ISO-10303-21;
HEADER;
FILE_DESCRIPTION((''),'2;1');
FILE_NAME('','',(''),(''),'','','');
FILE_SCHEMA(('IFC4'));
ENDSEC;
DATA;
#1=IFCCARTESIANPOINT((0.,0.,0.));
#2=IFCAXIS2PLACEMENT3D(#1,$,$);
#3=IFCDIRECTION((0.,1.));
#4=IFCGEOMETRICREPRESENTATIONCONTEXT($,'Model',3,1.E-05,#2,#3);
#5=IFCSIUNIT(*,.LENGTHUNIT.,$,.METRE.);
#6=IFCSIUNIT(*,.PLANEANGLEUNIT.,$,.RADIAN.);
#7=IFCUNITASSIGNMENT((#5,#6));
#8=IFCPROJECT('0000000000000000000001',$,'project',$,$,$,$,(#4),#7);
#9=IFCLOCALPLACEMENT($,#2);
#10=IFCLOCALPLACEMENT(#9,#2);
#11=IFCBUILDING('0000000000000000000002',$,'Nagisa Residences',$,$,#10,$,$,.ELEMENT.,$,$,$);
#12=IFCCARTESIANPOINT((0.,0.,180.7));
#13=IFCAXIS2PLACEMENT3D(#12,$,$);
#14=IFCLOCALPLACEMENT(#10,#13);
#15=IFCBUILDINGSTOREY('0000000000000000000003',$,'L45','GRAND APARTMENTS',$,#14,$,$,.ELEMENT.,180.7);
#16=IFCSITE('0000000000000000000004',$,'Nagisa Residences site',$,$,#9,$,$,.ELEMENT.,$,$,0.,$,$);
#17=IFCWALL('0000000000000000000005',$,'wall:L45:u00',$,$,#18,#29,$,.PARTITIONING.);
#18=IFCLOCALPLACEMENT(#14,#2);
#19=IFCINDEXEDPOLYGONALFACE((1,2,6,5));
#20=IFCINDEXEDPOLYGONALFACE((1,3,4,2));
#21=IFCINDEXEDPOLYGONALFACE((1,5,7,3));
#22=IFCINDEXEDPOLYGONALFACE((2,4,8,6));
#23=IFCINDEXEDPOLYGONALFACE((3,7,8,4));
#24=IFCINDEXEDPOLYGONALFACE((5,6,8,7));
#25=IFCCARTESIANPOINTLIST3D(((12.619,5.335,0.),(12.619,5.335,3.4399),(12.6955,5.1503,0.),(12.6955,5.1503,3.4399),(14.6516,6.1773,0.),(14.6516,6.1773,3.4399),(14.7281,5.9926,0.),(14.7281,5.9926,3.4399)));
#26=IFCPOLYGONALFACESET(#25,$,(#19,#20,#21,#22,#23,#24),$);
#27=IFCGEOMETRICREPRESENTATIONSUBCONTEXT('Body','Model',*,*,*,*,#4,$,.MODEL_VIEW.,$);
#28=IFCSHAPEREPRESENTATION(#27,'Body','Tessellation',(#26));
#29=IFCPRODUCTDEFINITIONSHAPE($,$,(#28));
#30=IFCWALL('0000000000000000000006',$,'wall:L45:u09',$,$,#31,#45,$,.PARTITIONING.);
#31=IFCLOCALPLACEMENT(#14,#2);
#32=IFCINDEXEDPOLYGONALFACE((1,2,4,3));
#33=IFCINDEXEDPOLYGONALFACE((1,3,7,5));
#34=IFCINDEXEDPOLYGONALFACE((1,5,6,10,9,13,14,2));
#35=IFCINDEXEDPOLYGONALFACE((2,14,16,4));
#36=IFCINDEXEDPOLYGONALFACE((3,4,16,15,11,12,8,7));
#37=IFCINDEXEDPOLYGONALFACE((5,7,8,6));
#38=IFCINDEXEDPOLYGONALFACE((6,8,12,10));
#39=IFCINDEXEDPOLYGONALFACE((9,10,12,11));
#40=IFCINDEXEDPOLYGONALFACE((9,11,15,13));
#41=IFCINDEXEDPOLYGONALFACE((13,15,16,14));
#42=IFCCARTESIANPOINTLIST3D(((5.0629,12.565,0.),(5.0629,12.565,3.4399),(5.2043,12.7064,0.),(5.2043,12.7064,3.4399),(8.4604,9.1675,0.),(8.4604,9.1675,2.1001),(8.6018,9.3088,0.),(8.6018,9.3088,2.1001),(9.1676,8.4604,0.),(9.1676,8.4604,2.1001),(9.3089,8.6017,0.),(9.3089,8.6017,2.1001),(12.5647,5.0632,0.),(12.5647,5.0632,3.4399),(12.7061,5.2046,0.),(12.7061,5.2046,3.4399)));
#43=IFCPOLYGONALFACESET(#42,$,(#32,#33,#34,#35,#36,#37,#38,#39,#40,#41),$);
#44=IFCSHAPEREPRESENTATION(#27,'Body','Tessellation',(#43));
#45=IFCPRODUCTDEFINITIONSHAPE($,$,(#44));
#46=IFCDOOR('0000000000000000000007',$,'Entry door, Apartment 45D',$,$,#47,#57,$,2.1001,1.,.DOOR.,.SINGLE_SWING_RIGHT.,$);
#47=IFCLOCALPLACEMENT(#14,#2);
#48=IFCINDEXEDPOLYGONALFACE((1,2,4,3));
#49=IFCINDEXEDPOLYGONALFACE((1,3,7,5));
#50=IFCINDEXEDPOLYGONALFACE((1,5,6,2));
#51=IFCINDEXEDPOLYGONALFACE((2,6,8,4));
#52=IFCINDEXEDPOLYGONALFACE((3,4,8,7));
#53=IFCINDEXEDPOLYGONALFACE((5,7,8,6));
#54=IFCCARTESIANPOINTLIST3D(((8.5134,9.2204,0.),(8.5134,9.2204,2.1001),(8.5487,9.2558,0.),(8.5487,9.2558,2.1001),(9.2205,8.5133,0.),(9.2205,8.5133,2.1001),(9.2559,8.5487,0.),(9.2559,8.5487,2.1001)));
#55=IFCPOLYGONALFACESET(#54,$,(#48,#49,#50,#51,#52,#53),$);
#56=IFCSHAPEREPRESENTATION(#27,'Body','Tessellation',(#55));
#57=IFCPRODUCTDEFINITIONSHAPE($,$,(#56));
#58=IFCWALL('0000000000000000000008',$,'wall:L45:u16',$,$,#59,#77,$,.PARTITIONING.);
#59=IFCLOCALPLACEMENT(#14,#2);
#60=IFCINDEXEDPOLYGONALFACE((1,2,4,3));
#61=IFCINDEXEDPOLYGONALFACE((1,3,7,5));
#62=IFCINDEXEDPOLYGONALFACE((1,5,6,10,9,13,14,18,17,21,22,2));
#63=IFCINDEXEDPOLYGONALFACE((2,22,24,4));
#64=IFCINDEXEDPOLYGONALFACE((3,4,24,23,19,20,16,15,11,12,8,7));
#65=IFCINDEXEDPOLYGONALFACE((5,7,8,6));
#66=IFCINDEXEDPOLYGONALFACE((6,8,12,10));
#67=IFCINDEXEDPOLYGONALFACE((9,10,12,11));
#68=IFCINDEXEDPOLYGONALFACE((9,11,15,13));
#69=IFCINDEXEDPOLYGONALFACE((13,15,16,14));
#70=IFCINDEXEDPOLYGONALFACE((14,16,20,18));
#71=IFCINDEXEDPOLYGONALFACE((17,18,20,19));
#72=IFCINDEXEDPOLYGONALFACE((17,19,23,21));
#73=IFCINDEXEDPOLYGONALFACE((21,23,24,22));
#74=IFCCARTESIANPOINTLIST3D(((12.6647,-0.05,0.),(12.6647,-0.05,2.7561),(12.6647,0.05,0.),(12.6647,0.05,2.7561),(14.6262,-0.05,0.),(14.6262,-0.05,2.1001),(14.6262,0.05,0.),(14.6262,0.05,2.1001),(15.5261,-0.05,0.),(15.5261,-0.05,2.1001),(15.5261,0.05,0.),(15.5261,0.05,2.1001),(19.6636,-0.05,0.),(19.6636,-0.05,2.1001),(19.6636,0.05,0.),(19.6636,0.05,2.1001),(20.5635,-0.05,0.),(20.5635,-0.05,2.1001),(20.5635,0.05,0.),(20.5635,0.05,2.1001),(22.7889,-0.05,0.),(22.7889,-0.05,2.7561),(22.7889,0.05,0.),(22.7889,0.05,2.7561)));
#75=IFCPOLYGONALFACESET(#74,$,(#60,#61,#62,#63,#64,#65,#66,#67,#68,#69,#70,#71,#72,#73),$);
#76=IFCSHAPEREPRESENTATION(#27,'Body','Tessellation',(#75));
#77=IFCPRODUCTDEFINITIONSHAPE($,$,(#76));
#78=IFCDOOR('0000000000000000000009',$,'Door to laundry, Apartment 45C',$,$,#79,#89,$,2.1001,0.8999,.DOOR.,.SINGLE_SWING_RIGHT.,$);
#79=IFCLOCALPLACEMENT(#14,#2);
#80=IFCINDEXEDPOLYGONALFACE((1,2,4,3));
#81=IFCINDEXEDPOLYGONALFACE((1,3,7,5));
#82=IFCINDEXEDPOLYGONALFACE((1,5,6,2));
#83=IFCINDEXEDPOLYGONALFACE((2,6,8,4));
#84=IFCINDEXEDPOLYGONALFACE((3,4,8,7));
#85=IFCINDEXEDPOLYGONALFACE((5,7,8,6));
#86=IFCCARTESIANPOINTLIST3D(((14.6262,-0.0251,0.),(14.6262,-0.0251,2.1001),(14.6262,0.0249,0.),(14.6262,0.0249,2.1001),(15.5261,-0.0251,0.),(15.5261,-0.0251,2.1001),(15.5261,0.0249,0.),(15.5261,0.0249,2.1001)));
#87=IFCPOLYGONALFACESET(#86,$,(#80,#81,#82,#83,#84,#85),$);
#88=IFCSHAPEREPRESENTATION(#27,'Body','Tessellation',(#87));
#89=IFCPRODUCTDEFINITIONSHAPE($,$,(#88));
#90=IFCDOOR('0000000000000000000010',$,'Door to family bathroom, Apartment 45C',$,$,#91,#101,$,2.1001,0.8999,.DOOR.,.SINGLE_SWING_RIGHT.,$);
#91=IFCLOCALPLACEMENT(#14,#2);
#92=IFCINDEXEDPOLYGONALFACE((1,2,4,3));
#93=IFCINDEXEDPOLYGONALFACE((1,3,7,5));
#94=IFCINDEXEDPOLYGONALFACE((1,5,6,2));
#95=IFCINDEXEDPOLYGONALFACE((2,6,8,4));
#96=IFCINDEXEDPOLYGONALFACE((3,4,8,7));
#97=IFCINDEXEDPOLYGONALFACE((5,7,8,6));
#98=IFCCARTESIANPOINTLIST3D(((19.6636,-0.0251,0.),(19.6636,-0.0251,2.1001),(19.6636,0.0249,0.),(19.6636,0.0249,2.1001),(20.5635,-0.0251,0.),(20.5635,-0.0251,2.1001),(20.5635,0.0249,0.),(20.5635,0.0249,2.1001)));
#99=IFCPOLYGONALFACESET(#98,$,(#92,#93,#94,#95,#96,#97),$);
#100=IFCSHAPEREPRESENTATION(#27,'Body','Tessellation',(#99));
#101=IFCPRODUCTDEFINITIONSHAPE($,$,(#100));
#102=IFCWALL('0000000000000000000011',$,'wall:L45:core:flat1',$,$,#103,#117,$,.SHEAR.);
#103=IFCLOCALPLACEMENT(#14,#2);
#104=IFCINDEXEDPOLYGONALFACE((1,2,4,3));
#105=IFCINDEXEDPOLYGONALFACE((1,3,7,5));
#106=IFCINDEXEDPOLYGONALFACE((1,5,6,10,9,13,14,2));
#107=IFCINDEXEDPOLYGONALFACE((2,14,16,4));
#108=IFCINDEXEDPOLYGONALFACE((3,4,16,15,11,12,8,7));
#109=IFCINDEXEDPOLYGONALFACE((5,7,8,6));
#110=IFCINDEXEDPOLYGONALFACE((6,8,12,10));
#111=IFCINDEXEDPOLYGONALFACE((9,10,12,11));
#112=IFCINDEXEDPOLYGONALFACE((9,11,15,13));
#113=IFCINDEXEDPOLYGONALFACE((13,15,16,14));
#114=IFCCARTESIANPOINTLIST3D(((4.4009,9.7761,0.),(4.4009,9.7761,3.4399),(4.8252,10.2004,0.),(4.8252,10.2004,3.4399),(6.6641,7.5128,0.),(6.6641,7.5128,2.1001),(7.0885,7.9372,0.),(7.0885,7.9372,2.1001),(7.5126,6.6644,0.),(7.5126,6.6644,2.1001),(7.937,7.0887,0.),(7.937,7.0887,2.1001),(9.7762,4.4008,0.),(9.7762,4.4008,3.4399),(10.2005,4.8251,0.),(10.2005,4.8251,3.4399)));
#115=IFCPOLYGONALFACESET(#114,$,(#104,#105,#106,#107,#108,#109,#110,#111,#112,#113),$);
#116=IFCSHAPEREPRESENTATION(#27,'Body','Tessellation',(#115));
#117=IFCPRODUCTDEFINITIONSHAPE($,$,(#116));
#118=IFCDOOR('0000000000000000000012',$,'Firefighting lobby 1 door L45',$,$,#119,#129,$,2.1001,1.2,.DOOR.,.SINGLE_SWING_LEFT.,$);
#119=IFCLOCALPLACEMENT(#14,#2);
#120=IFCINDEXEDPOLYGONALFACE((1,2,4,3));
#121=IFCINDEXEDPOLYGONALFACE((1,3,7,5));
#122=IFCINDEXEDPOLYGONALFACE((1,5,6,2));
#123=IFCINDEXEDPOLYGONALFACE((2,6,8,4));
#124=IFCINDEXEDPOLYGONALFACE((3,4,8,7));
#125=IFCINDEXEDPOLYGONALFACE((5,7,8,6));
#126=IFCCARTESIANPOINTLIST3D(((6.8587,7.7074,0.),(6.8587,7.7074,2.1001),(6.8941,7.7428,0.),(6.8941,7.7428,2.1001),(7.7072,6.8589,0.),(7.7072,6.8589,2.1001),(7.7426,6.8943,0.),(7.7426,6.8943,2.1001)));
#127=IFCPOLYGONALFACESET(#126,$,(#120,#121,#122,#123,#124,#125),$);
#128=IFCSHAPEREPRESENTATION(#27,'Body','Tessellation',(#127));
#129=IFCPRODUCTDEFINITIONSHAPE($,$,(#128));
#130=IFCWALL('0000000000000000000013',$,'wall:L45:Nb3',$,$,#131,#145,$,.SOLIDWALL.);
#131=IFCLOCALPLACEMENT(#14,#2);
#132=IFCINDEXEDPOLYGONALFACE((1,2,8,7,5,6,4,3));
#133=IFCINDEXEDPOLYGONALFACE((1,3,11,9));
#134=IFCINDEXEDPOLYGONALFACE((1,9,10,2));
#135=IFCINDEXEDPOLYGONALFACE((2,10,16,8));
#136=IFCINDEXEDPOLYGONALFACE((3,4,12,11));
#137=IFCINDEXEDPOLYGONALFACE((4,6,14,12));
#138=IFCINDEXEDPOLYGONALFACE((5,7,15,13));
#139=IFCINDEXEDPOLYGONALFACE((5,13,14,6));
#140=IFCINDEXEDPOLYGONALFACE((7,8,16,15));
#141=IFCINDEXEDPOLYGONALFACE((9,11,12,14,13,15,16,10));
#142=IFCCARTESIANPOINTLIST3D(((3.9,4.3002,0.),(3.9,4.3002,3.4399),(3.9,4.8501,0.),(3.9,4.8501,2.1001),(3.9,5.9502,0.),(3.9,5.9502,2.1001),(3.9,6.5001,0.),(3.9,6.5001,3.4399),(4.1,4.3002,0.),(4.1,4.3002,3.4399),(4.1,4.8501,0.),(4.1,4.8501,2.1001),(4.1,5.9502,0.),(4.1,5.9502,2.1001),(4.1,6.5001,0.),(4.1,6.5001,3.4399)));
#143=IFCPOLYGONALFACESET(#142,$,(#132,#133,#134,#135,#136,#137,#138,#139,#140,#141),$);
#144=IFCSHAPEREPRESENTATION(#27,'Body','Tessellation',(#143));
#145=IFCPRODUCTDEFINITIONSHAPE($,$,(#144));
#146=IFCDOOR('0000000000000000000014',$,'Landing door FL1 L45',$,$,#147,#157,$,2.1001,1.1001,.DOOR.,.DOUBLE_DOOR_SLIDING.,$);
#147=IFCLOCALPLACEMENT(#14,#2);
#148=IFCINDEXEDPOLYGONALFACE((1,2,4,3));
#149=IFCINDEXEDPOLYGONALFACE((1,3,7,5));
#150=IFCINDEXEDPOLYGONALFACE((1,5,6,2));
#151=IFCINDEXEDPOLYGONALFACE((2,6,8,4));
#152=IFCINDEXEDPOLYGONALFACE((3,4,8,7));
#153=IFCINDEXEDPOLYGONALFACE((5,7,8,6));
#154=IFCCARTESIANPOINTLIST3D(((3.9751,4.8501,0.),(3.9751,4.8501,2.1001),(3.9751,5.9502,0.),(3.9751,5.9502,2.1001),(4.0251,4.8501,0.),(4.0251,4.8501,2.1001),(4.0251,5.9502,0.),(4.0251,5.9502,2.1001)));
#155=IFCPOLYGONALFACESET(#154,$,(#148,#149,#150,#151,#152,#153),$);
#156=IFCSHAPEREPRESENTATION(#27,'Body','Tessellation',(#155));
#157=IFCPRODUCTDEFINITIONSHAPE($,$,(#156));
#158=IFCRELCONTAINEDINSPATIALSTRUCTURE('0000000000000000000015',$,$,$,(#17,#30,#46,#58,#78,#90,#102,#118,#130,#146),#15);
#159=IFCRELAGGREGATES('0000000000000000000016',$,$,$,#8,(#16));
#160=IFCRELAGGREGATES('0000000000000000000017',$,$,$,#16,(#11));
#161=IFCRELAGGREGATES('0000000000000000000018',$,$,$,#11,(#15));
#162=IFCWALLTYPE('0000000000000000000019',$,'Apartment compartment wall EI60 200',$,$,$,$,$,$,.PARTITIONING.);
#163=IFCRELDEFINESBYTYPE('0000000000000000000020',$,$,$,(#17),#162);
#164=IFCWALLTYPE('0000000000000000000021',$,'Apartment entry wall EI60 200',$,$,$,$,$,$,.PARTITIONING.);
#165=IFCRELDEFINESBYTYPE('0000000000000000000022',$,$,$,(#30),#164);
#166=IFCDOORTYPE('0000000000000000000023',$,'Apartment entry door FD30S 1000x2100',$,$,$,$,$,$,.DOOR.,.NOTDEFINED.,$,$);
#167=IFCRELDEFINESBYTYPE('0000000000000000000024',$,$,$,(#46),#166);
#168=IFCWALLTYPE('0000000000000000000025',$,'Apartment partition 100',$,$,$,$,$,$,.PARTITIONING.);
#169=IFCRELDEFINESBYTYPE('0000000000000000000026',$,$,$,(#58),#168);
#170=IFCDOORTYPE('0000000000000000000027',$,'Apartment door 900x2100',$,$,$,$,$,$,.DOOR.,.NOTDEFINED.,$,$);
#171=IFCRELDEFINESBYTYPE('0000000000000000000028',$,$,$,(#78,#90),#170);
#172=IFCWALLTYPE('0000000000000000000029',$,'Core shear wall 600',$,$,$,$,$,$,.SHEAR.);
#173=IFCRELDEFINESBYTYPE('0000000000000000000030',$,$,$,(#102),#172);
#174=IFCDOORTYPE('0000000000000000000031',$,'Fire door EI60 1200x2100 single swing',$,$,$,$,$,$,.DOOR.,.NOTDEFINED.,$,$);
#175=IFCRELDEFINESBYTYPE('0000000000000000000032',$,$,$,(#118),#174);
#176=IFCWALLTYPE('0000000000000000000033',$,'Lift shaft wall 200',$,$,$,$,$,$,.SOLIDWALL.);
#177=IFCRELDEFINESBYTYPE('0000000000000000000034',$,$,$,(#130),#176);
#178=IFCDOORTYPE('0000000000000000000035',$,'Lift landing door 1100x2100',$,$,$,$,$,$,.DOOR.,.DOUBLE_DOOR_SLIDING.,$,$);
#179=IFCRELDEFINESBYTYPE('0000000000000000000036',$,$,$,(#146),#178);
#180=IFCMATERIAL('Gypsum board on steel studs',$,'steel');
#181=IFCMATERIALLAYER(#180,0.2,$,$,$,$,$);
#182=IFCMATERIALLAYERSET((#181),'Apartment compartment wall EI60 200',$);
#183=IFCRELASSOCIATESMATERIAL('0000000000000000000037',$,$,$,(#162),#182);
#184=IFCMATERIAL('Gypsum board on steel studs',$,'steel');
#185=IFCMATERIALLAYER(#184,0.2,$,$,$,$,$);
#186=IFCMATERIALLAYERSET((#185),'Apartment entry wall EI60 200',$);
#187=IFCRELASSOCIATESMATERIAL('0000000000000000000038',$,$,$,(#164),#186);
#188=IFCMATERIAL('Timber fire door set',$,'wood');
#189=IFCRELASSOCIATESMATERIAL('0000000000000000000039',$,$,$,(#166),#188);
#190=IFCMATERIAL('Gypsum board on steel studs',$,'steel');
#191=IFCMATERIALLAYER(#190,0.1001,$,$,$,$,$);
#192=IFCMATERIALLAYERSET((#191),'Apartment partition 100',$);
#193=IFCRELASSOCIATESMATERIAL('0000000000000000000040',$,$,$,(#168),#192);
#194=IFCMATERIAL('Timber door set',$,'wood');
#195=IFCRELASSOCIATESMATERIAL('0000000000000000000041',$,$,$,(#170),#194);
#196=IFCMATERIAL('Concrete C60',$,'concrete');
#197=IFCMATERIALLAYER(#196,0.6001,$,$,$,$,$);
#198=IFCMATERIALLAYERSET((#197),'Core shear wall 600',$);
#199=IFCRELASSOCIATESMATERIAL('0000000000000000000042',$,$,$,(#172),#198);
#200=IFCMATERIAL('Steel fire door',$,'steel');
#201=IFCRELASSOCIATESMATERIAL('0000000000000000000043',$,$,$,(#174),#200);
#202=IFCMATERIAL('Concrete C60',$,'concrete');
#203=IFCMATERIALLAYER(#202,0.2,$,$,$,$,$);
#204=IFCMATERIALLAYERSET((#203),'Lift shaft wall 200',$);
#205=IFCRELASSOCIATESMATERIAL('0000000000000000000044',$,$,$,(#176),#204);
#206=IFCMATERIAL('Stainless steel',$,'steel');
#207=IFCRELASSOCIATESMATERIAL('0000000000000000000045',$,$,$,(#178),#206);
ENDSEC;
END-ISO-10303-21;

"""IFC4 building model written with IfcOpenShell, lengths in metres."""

from ifc_helpers import new_model, si_unit, direction, frame, frame_2d, origin, place, context, subcontext, project, spatial, rectangle, extrude, material, layer, layer_set, type_object, element, fill, save


model = new_model("IFC4")

# Units and contexts
model_context = context("Model", 3, precision=1e-05, world=origin(), true_north=direction((0.0, 1.0)))
body_context = subcontext(model_context, "Body", "Model", "MODEL_VIEW")
ifc_project = project(units=[si_unit("LENGTHUNIT", "METRE"), si_unit("PLANEANGLEUNIT", "RADIAN")], contexts=[model_context])

# Site, building, storey
site_placement = place(None, origin())
site = spatial("IfcSite", under=ifc_project, at=site_placement, Name="Nagisa Residences site", CompositionType="ELEMENT", RefElevation=0.0)
building_placement = place(site_placement, origin())
building = spatial("IfcBuilding", under=site, at=building_placement, Name="Nagisa Residences", CompositionType="ELEMENT")
storey_placement = place(building_placement, frame((0.0, 0.0, 180.7)))
storey = spatial("IfcBuildingStorey", under=building, at=storey_placement, Name="L45", Description="GRAND APARTMENTS", CompositionType="ELEMENT", Elevation=180.7)

# Wall
ifc_material_1 = material(Name="Gypsum board on steel studs", Category="steel")
ifc_layer_1 = layer(ifc_material_1, 0.2)
ifc_layer_set_1 = layer_set([ifc_layer_1], Name="Apartment compartment wall EI60 200")
wall_type_1 = type_object("IfcWallType", Name="Apartment compartment wall EI60 200", PredefinedType="PARTITIONING", material=ifc_layer_set_1)
wall_1_placement = place(storey_placement, frame((12.6572, 5.2427, 0.0), z_axis=(0.0, 0.0, 1.0), x_axis=(0.92383, 0.382803, 0.0)))
element("IfcWall", 1, at=wall_1_placement, inside=storey, type_object=wall_type_1, Name="wall:L45:u00", PredefinedType="PARTITIONING", context=body_context, shape_type="SweptSolid", body=[
    extrude(rectangle(XDim=2.2002, YDim=0.2, at=frame_2d((1.1001, 0.0))), origin(), (0.0, 0.0, 1.0), 3.4399),
])

# Wall, opening, door
ifc_material_2 = material(Name="Gypsum board on steel studs", Category="steel")
ifc_layer_2 = layer(ifc_material_2, 0.2)
ifc_layer_set_2 = layer_set([ifc_layer_2], Name="Apartment entry wall EI60 200")
wall_type_2 = type_object("IfcWallType", Name="Apartment entry wall EI60 200", PredefinedType="PARTITIONING", material=ifc_layer_set_2)
wall_2_placement = place(storey_placement, frame((12.6355, 5.1338, 0.0), z_axis=(0.0, 0.0, 1.0), x_axis=(-0.707107, 0.707107, 0.0)))
wall_2 = element("IfcWall", 2, at=wall_2_placement, inside=storey, type_object=wall_type_2, Name="wall:L45:u09", PredefinedType="PARTITIONING", context=body_context, shape_type="SweptSolid", body=[
    extrude(rectangle(XDim=10.6091, YDim=0.2, at=frame_2d((5.3047, 0.0))), origin(), (0.0, 0.0, 1.0), 3.4399),
])
opening_1_placement = place(wall_2_placement, frame((4.8044, 0.0, 0.0)))
opening_1 = element("IfcOpeningElement", 3, at=opening_1_placement, cuts=wall_2, PredefinedType="OPENING", context=body_context, shape_type="SweptSolid", body=[
    extrude(rectangle(XDim=1.0, YDim=2.1001, at=frame_2d((0.5, 1.05))), frame((0.0, 0.1099, 0.0), z_axis=(0.0, -1.0, 0.0), x_axis=(1.0, 0.0, 0.0)), (0.0, 0.0, 1.0), 0.22),
])
ifc_material_3 = material(Name="Timber fire door set", Category="wood")
door_type_1 = type_object("IfcDoorType", Name="Apartment entry door FD30S 1000x2100", OperationType="NOTDEFINED", PredefinedType="DOOR", material=ifc_material_3)
door_1_placement = place(opening_1_placement, frame((1.0, 0.0, 0.0), x_axis=(-1.0, 0.0, 0.0)))
door_1 = element("IfcDoor", 4, at=door_1_placement, inside=storey, type_object=door_type_1, Name="Entry door, Apartment 45D", OperationType="SINGLE_SWING_RIGHT", OverallHeight=2.1001, OverallWidth=1.0, PredefinedType="DOOR", context=body_context, shape_type="SweptSolid", body=[
    extrude(rectangle(XDim=1.0, YDim=2.1001, at=frame_2d((0.5, 1.05))), frame((0.0, 0.0249, 0.0), z_axis=(0.0, -1.0, 0.0), x_axis=(1.0, 0.0, 0.0)), (0.0, 0.0, 1.0), 0.05),
])
fill(opening_1, door_1)

# Wall, openings, doors
ifc_material_4 = material(Name="Gypsum board on steel studs", Category="steel")
ifc_layer_3 = layer(ifc_material_4, 0.1001)
ifc_layer_set_3 = layer_set([ifc_layer_3], Name="Apartment partition 100")
wall_type_3 = type_object("IfcWallType", Name="Apartment partition 100", PredefinedType="PARTITIONING", material=ifc_layer_set_3)
wall_3_placement = place(storey_placement, frame((12.6648, 0.0, 0.0), z_axis=(0.0, 0.0, 1.0), x_axis=(1.0, 0.0, 0.0)))
wall_3 = element("IfcWall", 5, at=wall_3_placement, inside=storey, type_object=wall_type_3, Name="wall:L45:u16", PredefinedType="PARTITIONING", context=body_context, shape_type="SweptSolid", body=[
    extrude(rectangle(XDim=10.1243, YDim=0.1001, at=frame_2d((5.062, 0.0))), origin(), (0.0, 0.0, 1.0), 2.7561),
])
opening_2_placement = place(wall_3_placement, frame((1.9614, 0.0, 0.0)))
opening_2 = element("IfcOpeningElement", 6, at=opening_2_placement, cuts=wall_3, PredefinedType="OPENING", context=body_context, shape_type="SweptSolid", body=[
    extrude(rectangle(XDim=0.8999, YDim=2.1001, at=frame_2d((0.45, 1.05))), frame((0.0, 0.0601, 0.0), z_axis=(0.0, -1.0, 0.0), x_axis=(1.0, 0.0, 0.0)), (0.0, 0.0, 1.0), 0.1201),
])
opening_3_placement = place(wall_3_placement, frame((6.9988, 0.0, 0.0)))
opening_3 = element("IfcOpeningElement", 7, at=opening_3_placement, cuts=wall_3, PredefinedType="OPENING", context=body_context, shape_type="SweptSolid", body=[
    extrude(rectangle(XDim=0.8999, YDim=2.1001, at=frame_2d((0.45, 1.05))), frame((0.0, 0.0601, 0.0), z_axis=(0.0, -1.0, 0.0), x_axis=(1.0, 0.0, 0.0)), (0.0, 0.0, 1.0), 0.1201),
])
ifc_material_5 = material(Name="Timber door set", Category="wood")
door_type_2 = type_object("IfcDoorType", Name="Apartment door 900x2100", OperationType="NOTDEFINED", PredefinedType="DOOR", material=ifc_material_5)
door_2_placement = place(opening_2_placement, origin())
door_2 = element("IfcDoor", 8, at=door_2_placement, inside=storey, type_object=door_type_2, Name="Door to laundry, Apartment 45C", OperationType="SINGLE_SWING_RIGHT", OverallHeight=2.1001, OverallWidth=0.8999, PredefinedType="DOOR", context=body_context, shape_type="SweptSolid", body=[
    extrude(rectangle(XDim=0.8999, YDim=2.1001, at=frame_2d((0.45, 1.05))), frame((0.0, 0.0249, 0.0), z_axis=(0.0, -1.0, 0.0), x_axis=(1.0, 0.0, 0.0)), (0.0, 0.0, 1.0), 0.05),
])
fill(opening_2, door_2)
door_3_placement = place(opening_3_placement, origin())
door_3 = element("IfcDoor", 9, at=door_3_placement, inside=storey, type_object=door_type_2, Name="Door to family bathroom, Apartment 45C", OperationType="SINGLE_SWING_RIGHT", OverallHeight=2.1001, OverallWidth=0.8999, PredefinedType="DOOR", context=body_context, shape_type="SweptSolid", body=[
    extrude(rectangle(XDim=0.8999, YDim=2.1001, at=frame_2d((0.45, 1.05))), frame((0.0, 0.0249, 0.0), z_axis=(0.0, -1.0, 0.0), x_axis=(1.0, 0.0, 0.0)), (0.0, 0.0, 1.0), 0.05),
])
fill(opening_3, door_3)

# Walls, openings, doors
ifc_material_6 = material(Name="Concrete C60", Category="concrete")
ifc_layer_4 = layer(ifc_material_6, 0.6001)
ifc_layer_set_4 = layer_set([ifc_layer_4], Name="Core shear wall 600")
wall_type_4 = type_object("IfcWallType", Name="Core shear wall 600", PredefinedType="SHEAR", material=ifc_layer_set_4)
wall_4_placement = place(storey_placement, frame((9.9883, 4.613, 0.0), z_axis=(0.0, 0.0, 1.0), x_axis=(-0.707107, 0.707107, 0.0)))
wall_4 = element("IfcWall", 10, at=wall_4_placement, inside=storey, type_object=wall_type_4, Name="wall:L45:core:flat1", PredefinedType="SHEAR", context=body_context, shape_type="SweptSolid", body=[
    extrude(rectangle(XDim=7.6018, YDim=0.6001, at=frame_2d((3.8008, 0.0))), origin(), (0.0, 0.0, 1.0), 3.4399),
])
opening_4_placement = place(wall_4_placement, frame((3.2009, 0.0, 0.0)))
opening_4 = element("IfcOpeningElement", 11, at=opening_4_placement, cuts=wall_4, PredefinedType="OPENING", context=body_context, shape_type="SweptSolid", body=[
    extrude(rectangle(XDim=1.2, YDim=2.1001, at=frame_2d((0.6001, 1.05))), frame((0.0, 0.3101, 0.0), z_axis=(0.0, -1.0, 0.0), x_axis=(1.0, 0.0, 0.0)), (0.0, 0.0, 1.0), 0.6201),
])
ifc_material_7 = material(Name="Steel fire door", Category="steel")
door_type_3 = type_object("IfcDoorType", Name="Fire door EI60 1200x2100 single swing", OperationType="NOTDEFINED", PredefinedType="DOOR", material=ifc_material_7)
door_4_placement = place(opening_4_placement, origin())
door_4 = element("IfcDoor", 12, at=door_4_placement, inside=storey, type_object=door_type_3, Name="Firefighting lobby 1 door L45", OperationType="SINGLE_SWING_LEFT", OverallHeight=2.1001, OverallWidth=1.2, PredefinedType="DOOR", context=body_context, shape_type="SweptSolid", body=[
    extrude(rectangle(XDim=1.2, YDim=2.1001, at=frame_2d((0.6001, 1.05))), frame((0.0, 0.0249, 0.0), z_axis=(0.0, -1.0, 0.0), x_axis=(1.0, 0.0, 0.0)), (0.0, 0.0, 1.0), 0.05),
])
fill(opening_4, door_4)
ifc_material_8 = material(Name="Concrete C60", Category="concrete")
ifc_layer_5 = layer(ifc_material_8, 0.2)
ifc_layer_set_5 = layer_set([ifc_layer_5], Name="Lift shaft wall 200")
wall_type_5 = type_object("IfcWallType", Name="Lift shaft wall 200", PredefinedType="SOLIDWALL", material=ifc_layer_set_5)
wall_5_placement = place(storey_placement, frame((4.0, 4.3, 0.0), z_axis=(0.0, 0.0, 1.0), x_axis=(0.0, 1.0, 0.0)))
wall_5 = element("IfcWall", 13, at=wall_5_placement, inside=storey, type_object=wall_type_5, Name="wall:L45:Nb3", PredefinedType="SOLIDWALL", context=body_context, shape_type="SweptSolid", body=[
    extrude(rectangle(XDim=2.2, YDim=0.2, at=frame_2d((1.1001, 0.0))), origin(), (0.0, 0.0, 1.0), 3.4399),
])
opening_5_placement = place(wall_5_placement, frame((0.55, 0.0, 0.0)))
opening_5 = element("IfcOpeningElement", 14, at=opening_5_placement, cuts=wall_5, PredefinedType="OPENING", context=body_context, shape_type="SweptSolid", body=[
    extrude(rectangle(XDim=1.1001, YDim=2.1001, at=frame_2d((0.55, 1.05))), frame((0.0, 0.1099, 0.0), z_axis=(0.0, -1.0, 0.0), x_axis=(1.0, 0.0, 0.0)), (0.0, 0.0, 1.0), 0.22),
])
ifc_material_9 = material(Name="Stainless steel", Category="steel")
door_type_4 = type_object("IfcDoorType", Name="Lift landing door 1100x2100", OperationType="DOUBLE_DOOR_SLIDING", PredefinedType="DOOR", material=ifc_material_9)
door_5_placement = place(opening_5_placement, origin())
door_5 = element("IfcDoor", 15, at=door_5_placement, inside=storey, type_object=door_type_4, Name="Landing door FL1 L45", OperationType="DOUBLE_DOOR_SLIDING", OverallHeight=2.1001, OverallWidth=1.1001, PredefinedType="DOOR", context=body_context, shape_type="SweptSolid", body=[
    extrude(rectangle(XDim=1.1001, YDim=2.1001, at=frame_2d((0.55, 1.05))), frame((0.0, 0.0249, 0.0), z_axis=(0.0, -1.0, 0.0), x_axis=(1.0, 0.0, 0.0)), (0.0, 0.0, 1.0), 0.05),
])
fill(opening_5, door_5)

save(model, "model.ifc")
